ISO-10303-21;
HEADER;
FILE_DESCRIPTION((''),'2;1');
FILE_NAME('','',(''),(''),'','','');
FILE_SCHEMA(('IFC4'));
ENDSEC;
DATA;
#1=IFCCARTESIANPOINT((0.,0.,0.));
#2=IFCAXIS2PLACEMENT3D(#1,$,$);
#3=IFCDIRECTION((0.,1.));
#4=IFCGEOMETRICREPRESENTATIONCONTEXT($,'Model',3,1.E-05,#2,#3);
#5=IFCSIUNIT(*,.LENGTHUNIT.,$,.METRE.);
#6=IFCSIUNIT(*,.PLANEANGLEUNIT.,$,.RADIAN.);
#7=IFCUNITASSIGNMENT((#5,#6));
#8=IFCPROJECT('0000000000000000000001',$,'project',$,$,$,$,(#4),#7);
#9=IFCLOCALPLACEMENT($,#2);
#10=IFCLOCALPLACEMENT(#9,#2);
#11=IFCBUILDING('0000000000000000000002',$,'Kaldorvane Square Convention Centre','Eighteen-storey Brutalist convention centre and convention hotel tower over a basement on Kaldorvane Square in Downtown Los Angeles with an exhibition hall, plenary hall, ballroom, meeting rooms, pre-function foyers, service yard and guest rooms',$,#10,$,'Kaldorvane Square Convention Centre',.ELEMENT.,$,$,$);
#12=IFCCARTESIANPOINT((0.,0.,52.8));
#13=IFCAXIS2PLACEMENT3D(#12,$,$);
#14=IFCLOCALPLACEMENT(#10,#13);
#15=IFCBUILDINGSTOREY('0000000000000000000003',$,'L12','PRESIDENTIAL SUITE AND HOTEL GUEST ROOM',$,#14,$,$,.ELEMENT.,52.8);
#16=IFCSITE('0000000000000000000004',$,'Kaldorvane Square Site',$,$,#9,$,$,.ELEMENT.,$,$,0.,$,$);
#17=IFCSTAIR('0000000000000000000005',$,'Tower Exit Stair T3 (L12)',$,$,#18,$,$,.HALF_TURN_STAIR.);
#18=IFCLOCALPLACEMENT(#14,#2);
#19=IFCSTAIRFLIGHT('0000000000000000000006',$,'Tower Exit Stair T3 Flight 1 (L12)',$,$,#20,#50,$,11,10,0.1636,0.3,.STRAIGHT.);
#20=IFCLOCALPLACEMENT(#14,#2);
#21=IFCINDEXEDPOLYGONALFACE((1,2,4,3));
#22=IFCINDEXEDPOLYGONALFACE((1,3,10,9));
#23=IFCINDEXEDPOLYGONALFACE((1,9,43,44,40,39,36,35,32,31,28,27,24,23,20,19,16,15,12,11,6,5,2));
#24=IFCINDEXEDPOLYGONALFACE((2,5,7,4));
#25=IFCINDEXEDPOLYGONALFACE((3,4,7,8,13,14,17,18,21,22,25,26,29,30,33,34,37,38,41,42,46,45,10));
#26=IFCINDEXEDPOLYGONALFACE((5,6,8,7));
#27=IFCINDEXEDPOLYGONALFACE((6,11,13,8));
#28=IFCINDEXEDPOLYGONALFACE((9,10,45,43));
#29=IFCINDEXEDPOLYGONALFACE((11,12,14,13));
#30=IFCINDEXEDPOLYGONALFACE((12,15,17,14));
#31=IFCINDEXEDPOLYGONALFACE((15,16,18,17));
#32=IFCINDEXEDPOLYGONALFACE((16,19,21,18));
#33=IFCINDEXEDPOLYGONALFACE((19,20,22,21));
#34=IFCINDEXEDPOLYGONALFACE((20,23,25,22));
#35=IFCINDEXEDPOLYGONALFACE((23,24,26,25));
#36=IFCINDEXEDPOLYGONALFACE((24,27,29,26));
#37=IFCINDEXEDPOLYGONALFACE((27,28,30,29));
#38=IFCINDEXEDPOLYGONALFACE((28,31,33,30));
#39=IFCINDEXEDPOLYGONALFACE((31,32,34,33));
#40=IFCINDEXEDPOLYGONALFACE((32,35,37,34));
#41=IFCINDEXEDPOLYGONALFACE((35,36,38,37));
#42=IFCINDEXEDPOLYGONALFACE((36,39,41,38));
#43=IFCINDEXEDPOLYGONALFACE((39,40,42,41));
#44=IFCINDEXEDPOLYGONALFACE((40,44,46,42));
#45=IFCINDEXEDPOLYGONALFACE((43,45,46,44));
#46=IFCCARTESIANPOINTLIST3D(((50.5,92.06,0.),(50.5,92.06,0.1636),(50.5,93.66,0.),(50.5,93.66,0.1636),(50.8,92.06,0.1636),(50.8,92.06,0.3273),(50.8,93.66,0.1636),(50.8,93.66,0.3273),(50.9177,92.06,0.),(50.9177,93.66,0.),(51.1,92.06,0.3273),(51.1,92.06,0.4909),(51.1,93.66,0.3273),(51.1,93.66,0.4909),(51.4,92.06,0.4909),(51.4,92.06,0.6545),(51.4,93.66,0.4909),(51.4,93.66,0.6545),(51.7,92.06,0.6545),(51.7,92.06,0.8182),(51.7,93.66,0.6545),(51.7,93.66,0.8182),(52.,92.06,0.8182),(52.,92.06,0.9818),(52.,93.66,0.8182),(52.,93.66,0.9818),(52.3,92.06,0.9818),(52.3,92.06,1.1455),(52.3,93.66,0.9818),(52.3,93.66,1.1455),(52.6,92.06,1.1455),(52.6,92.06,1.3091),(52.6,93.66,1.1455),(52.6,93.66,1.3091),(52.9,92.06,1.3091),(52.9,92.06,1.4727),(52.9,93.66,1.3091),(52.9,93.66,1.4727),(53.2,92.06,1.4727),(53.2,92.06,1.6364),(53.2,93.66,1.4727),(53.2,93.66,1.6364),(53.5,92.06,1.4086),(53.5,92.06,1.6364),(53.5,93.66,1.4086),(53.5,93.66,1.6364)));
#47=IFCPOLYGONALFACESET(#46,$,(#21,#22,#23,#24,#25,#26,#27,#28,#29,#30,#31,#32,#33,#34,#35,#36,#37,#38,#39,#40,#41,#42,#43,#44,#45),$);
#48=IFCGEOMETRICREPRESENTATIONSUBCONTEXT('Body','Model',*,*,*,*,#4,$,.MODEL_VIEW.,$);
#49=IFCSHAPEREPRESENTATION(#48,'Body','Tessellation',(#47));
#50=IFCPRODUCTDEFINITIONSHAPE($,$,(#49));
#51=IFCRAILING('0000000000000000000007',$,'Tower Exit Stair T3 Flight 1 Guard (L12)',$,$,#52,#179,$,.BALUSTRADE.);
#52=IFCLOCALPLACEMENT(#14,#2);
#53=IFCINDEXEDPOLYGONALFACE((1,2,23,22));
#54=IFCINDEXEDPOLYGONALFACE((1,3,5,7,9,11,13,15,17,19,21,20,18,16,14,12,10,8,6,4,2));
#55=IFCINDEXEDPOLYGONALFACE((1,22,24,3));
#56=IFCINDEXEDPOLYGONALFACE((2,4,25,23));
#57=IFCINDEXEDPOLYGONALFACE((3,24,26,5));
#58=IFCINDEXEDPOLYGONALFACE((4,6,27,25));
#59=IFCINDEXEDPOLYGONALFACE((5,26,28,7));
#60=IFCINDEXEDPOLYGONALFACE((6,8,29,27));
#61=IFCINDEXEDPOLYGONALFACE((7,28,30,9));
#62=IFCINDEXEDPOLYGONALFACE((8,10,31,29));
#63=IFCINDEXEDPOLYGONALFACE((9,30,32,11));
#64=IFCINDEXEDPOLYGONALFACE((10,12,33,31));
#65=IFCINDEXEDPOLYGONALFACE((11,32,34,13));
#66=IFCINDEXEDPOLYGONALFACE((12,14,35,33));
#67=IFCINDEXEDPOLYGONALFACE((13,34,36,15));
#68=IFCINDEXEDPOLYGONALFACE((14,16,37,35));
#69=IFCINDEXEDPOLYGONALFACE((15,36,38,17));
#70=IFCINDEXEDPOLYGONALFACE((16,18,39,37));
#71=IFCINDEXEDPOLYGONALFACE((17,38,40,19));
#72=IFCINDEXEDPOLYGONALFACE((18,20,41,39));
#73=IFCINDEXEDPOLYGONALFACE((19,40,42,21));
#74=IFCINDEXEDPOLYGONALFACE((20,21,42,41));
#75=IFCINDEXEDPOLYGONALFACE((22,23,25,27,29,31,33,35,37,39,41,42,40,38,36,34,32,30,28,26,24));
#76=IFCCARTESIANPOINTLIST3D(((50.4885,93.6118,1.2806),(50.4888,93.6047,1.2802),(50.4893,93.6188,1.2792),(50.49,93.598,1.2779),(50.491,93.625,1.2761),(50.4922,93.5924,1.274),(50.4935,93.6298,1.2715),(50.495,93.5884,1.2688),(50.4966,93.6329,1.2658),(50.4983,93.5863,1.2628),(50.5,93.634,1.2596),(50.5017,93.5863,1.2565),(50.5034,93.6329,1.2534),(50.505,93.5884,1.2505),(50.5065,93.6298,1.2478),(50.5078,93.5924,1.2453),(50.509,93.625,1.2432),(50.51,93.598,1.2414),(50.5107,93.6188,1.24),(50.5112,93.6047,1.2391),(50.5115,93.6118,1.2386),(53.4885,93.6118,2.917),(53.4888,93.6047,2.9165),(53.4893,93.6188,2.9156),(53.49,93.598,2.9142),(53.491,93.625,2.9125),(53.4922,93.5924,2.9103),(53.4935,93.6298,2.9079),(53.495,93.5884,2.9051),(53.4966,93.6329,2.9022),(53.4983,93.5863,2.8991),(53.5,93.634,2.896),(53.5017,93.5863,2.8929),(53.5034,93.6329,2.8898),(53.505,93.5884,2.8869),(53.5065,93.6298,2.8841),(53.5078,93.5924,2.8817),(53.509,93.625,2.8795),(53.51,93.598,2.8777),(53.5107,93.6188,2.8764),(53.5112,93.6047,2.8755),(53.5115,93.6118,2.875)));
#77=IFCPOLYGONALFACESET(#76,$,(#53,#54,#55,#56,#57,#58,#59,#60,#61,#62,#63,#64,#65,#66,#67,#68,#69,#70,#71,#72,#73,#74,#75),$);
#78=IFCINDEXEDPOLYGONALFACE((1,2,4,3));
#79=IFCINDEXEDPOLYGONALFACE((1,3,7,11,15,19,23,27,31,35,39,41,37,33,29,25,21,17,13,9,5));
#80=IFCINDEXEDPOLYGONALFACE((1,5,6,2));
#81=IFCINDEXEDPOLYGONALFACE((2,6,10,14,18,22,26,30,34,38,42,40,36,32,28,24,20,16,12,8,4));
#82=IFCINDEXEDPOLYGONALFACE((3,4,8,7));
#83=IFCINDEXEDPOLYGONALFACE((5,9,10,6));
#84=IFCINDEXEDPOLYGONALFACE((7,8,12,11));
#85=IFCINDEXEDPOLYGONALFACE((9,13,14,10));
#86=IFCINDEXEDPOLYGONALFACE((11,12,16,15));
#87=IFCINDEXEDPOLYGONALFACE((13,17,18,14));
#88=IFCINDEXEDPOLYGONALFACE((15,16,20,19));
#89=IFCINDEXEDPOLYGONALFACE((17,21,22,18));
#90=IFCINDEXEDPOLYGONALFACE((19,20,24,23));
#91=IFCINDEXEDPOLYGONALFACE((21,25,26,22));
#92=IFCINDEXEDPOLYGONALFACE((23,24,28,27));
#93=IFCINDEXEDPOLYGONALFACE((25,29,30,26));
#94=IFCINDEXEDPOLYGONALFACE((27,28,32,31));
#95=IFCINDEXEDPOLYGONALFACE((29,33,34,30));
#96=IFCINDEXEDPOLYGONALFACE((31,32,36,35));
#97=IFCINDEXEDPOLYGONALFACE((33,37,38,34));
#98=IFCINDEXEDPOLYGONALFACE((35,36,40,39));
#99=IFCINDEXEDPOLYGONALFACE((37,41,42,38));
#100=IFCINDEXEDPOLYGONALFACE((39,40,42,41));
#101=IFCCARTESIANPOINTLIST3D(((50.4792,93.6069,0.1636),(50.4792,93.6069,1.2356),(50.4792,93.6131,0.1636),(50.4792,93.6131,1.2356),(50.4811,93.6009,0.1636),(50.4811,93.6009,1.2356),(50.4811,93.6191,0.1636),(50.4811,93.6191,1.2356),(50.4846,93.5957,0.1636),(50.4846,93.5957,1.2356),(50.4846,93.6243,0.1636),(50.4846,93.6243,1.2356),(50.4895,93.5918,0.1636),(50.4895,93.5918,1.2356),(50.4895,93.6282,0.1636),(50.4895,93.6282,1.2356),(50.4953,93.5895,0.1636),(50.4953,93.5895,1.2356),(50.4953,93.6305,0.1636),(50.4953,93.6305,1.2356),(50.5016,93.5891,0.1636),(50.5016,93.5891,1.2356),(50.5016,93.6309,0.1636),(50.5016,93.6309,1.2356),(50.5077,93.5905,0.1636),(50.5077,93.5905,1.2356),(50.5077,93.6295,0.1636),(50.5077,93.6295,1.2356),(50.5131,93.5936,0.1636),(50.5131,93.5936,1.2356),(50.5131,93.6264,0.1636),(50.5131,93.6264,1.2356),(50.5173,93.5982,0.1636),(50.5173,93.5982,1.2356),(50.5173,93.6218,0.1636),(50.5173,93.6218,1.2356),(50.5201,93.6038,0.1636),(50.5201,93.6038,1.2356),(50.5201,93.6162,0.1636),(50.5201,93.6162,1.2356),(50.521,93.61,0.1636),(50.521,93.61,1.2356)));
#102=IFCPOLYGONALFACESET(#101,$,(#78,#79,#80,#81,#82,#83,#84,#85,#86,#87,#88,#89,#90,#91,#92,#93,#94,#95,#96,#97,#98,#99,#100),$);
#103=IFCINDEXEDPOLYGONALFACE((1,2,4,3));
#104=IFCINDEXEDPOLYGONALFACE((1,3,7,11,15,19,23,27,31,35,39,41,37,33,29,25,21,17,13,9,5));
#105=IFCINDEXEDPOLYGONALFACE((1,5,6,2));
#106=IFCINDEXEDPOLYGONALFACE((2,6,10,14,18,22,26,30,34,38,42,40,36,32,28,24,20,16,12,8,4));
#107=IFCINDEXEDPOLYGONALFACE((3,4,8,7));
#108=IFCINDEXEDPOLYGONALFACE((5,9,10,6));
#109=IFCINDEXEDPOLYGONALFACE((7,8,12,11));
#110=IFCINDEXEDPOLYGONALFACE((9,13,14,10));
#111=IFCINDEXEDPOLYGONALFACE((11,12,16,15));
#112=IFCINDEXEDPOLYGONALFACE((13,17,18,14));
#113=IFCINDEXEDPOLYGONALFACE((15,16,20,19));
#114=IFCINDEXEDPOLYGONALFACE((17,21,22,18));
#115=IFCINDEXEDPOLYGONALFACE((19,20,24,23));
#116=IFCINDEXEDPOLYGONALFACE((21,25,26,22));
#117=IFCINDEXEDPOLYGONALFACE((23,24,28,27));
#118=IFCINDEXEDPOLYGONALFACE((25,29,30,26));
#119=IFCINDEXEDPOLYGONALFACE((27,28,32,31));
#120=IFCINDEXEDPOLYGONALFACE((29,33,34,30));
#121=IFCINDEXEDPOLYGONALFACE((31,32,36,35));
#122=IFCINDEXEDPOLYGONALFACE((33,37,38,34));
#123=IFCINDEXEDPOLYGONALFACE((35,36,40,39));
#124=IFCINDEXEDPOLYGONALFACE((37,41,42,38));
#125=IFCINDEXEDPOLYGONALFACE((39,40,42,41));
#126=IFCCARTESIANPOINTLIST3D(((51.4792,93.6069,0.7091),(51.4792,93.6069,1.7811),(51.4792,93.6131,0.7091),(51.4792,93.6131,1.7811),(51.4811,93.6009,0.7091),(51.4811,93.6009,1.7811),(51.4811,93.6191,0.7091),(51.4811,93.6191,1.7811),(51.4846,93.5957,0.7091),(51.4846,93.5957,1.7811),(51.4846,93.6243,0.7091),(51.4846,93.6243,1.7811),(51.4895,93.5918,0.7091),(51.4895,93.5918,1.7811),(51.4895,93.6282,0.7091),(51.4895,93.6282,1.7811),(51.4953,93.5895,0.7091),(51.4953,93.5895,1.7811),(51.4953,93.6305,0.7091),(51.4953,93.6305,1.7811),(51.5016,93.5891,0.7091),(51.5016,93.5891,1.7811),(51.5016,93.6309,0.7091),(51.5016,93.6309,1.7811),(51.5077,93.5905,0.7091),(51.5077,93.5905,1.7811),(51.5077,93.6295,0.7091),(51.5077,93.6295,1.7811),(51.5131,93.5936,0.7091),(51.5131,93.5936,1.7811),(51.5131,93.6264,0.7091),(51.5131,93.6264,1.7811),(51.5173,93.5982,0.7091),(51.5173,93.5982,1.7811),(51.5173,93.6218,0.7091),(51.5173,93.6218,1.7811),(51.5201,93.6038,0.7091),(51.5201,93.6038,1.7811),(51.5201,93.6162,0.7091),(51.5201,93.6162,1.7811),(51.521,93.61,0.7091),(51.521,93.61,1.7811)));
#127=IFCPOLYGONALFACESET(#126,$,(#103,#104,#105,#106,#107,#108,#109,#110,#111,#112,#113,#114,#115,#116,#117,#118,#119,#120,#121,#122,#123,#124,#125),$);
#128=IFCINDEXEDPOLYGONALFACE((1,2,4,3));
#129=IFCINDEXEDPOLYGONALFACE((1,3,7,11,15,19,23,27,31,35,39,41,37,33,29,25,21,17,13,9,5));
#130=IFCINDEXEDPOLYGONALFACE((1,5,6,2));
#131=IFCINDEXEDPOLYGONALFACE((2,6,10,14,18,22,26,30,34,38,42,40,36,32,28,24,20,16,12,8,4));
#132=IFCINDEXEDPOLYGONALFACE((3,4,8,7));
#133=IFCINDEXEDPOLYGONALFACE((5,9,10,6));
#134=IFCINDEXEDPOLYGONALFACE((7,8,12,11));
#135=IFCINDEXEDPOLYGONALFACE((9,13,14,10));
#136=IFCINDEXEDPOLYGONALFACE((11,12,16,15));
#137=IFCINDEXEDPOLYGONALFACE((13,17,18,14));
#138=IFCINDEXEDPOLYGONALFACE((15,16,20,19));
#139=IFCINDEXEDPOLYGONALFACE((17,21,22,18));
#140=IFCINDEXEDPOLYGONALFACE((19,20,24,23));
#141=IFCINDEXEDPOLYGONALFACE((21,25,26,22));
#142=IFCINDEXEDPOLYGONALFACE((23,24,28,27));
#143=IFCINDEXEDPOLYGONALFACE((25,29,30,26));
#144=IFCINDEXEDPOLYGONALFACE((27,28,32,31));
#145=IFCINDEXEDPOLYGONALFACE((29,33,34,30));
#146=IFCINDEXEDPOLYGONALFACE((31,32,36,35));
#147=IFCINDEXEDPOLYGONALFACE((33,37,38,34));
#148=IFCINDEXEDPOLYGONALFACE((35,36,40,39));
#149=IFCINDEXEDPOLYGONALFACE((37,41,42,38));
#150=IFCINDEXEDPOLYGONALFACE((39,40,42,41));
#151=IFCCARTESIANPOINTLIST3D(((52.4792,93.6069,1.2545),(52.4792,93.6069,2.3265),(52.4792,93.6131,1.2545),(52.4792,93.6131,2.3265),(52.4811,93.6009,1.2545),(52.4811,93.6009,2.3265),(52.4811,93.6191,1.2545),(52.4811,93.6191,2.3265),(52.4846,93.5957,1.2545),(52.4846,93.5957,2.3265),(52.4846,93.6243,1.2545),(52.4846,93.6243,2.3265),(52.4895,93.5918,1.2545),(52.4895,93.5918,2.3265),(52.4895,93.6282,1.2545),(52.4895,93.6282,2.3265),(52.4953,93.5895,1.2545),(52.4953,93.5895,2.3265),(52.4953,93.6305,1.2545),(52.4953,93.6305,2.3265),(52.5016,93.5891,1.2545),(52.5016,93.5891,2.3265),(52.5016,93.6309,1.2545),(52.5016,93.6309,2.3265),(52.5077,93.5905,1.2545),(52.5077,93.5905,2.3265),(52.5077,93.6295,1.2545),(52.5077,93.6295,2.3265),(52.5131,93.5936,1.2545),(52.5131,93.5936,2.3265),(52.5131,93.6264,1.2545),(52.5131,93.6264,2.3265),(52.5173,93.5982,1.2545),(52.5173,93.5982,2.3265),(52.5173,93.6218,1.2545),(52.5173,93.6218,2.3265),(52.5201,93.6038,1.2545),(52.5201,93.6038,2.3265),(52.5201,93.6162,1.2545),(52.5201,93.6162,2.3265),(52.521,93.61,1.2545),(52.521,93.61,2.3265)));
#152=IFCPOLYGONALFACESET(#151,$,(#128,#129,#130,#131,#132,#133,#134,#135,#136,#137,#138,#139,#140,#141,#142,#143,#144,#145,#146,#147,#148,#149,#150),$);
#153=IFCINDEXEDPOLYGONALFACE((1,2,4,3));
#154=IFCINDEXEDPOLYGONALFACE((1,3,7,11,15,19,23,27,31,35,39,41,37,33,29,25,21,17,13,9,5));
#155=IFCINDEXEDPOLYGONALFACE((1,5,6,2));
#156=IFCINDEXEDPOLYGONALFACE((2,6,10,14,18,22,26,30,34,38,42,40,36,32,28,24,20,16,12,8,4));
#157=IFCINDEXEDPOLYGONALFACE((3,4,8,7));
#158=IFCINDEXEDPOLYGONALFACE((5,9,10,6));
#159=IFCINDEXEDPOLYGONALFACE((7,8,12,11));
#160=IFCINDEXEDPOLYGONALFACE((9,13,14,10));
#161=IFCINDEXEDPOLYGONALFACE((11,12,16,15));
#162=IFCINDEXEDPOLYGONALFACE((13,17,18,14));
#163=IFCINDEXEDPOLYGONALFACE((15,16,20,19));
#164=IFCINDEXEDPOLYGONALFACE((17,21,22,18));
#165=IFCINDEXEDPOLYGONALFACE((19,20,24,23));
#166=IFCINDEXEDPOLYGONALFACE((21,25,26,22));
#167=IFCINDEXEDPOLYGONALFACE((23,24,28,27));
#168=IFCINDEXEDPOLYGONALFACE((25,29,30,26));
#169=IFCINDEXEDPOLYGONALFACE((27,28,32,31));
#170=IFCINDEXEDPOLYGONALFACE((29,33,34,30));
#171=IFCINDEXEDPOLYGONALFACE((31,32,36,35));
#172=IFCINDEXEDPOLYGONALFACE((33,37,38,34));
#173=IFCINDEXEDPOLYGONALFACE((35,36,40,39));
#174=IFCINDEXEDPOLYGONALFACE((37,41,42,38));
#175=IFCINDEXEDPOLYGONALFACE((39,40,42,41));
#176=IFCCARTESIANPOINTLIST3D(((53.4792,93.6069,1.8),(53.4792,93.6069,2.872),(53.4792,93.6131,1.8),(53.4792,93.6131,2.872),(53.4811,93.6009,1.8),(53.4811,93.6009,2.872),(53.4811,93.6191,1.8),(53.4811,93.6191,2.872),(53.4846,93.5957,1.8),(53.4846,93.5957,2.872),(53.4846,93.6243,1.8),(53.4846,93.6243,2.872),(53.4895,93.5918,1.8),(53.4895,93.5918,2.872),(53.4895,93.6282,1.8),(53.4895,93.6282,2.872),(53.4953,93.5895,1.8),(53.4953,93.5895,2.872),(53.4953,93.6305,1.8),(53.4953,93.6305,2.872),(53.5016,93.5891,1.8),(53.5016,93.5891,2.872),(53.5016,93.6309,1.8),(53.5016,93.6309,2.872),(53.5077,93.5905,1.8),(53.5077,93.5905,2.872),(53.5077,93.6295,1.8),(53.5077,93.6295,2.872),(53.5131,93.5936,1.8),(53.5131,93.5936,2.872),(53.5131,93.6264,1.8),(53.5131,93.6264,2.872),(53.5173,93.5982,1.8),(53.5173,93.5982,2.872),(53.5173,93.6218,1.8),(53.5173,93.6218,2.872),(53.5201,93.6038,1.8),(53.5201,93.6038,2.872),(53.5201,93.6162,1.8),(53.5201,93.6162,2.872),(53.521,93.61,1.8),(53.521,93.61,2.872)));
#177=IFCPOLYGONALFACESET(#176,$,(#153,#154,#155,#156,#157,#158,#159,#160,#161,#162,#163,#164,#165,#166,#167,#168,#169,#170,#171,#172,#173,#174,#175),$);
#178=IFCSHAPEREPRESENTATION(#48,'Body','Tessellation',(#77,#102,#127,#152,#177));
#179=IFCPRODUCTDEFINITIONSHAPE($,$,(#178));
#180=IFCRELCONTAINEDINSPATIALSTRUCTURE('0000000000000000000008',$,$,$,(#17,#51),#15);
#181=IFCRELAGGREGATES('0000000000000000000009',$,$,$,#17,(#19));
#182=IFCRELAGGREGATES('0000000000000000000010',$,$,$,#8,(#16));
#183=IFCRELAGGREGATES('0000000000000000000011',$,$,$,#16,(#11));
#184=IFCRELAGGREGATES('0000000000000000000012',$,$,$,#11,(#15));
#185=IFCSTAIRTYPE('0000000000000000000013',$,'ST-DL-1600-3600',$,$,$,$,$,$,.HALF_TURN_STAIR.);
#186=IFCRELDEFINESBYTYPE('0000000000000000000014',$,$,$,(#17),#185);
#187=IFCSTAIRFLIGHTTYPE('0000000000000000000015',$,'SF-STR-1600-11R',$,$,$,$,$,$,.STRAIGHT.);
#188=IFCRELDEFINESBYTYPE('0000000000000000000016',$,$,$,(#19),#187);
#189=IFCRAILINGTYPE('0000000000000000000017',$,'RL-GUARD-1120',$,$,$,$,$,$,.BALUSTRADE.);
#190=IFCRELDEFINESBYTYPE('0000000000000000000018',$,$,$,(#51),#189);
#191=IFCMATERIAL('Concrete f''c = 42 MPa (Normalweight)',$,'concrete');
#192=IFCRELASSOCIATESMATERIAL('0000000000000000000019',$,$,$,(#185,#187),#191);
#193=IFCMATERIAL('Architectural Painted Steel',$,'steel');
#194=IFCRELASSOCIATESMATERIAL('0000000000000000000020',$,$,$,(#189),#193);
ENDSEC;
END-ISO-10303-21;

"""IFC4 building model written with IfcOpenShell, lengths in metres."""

from ifc_helpers import new_model, si_unit, direction, frame, origin, origin_2d, place, context, subcontext, project, spatial, polyline, circle, outline, extrude, material, type_object, element, aggregate, save


model = new_model("IFC4")

# Units and contexts
model_context = context("Model", 3, precision=1e-05, world=origin(), true_north=direction((0.0, 1.0)))
body_context = subcontext(model_context, "Body", "Model", "MODEL_VIEW")
ifc_project = project(units=[si_unit("LENGTHUNIT", "METRE"), si_unit("PLANEANGLEUNIT", "RADIAN")], contexts=[model_context])

# Site, building, storey
site_placement = place(None, origin())
site = spatial("IfcSite", under=ifc_project, at=site_placement, Name="Kaldorvane Square Site", CompositionType="ELEMENT", RefElevation=0.0)
building_placement = place(site_placement, origin())
building = spatial("IfcBuilding", under=site, at=building_placement, Name="Kaldorvane Square Convention Centre", Description="Eighteen-storey Brutalist convention centre and convention hotel tower over a basement on Kaldorvane Square in Downtown Los Angeles with an exhibition hall, plenary hall, ballroom, meeting rooms, pre-function foyers, service yard and guest rooms", LongName="Kaldorvane Square Convention Centre", CompositionType="ELEMENT")
storey_placement = place(building_placement, frame((0.0, 0.0, 52.8)))
storey = spatial("IfcBuildingStorey", under=building, at=storey_placement, Name="L12", Description="PRESIDENTIAL SUITE AND HOTEL GUEST ROOM", CompositionType="ELEMENT", Elevation=52.8)

# Stair, stair flight
ifc_material_1 = material(Name="Concrete f'c = 42 MPa (Normalweight)", Category="concrete")
stair_type = type_object("IfcStairType", Name="ST-DL-1600-3600", PredefinedType="HALF_TURN_STAIR", material=ifc_material_1)
stair_flight_type = type_object("IfcStairFlightType", Name="SF-STR-1600-11R", PredefinedType="STRAIGHT", material=ifc_material_1)
stair_1_placement = place(storey_placement, origin())
stair_1 = element("IfcStair", 1, at=stair_1_placement, inside=storey, type_object=stair_type, Name="Tower Exit Stair T3 (L12)", PredefinedType="HALF_TURN_STAIR")
stair_flight_1_placement = place(storey_placement, frame((50.5, 92.86, 0.0), z_axis=(0.0, 0.0, 1.0), x_axis=(1.0, 0.0, 0.0)))
stair_flight_1 = element("IfcStairFlight", 2, at=stair_flight_1_placement, type_object=stair_flight_type, Name="Tower Exit Stair T3 Flight 1 (L12)", NumberOfRisers=11, NumberOfTreads=10, PredefinedType="STRAIGHT", RiserHeight=0.1636, TreadLength=0.3, context=body_context, shape_type="SweptSolid", body=[
    extrude(outline(polyline([(0.0, 0.0), (0.0, 0.1636), (0.3, 0.1636), (0.3, 0.3273), (0.6, 0.3273), (0.6, 0.4909), (0.9, 0.4909), (0.9, 0.6545), (1.2, 0.6545), (1.2, 0.8182), (1.5, 0.8182), (1.5, 0.9818), (1.8, 0.9818), (1.8, 1.1455), (2.1, 1.1455), (2.1, 1.3091), (2.4, 1.3091), (2.4, 1.4727), (2.7, 1.4727), (2.7, 1.6364), (3.0, 1.6364), (3.0, 1.8), (3.0, 1.4086), (0.4177, 0.0), (0.0, 0.0)])), frame((0.0, 0.8, 0.0), z_axis=(0.0, -1.0, 0.0), x_axis=(1.0, 0.0, 0.0)), (0.0, 0.0, 1.0), 1.6),
])
aggregate(stair_1, [stair_flight_1])

# Railing
ifc_material_2 = material(Name="Architectural Painted Steel", Category="steel")
railing_type_1 = type_object("IfcRailingType", Name="RL-GUARD-1120", PredefinedType="BALUSTRADE", material=ifc_material_2)
railing_placement = place(storey_placement, frame((50.5, 93.61, 0.1636)))
element("IfcRailing", 3, at=railing_placement, inside=storey, type_object=railing_type_1, Name="Tower Exit Stair T3 Flight 1 Guard (L12)", PredefinedType="BALUSTRADE", context=body_context, shape_type="SweptSolid", body=[
    extrude(circle(Radius=0.024, at=origin_2d()), frame((0.0, 0.0, 1.096), z_axis=(0.877895, 0.0, 0.478853), x_axis=(0.0, 1.0, 0.0)), (0.0, 0.0, 1.0), 3.4173),
    extrude(circle(Radius=0.021, at=origin_2d()), origin(), (0.0, 0.0, 1.0), 1.072),
    extrude(circle(Radius=0.021, at=origin_2d()), frame((1.0, 0.0, 0.5455)), (0.0, 0.0, 1.0), 1.072),
    extrude(circle(Radius=0.021, at=origin_2d()), frame((2.0, 0.0, 1.0909)), (0.0, 0.0, 1.0), 1.072),
    extrude(circle(Radius=0.021, at=origin_2d()), frame((3.0, 0.0, 1.6364)), (0.0, 0.0, 1.0), 1.072),
])

save(model, "model.ifc")
